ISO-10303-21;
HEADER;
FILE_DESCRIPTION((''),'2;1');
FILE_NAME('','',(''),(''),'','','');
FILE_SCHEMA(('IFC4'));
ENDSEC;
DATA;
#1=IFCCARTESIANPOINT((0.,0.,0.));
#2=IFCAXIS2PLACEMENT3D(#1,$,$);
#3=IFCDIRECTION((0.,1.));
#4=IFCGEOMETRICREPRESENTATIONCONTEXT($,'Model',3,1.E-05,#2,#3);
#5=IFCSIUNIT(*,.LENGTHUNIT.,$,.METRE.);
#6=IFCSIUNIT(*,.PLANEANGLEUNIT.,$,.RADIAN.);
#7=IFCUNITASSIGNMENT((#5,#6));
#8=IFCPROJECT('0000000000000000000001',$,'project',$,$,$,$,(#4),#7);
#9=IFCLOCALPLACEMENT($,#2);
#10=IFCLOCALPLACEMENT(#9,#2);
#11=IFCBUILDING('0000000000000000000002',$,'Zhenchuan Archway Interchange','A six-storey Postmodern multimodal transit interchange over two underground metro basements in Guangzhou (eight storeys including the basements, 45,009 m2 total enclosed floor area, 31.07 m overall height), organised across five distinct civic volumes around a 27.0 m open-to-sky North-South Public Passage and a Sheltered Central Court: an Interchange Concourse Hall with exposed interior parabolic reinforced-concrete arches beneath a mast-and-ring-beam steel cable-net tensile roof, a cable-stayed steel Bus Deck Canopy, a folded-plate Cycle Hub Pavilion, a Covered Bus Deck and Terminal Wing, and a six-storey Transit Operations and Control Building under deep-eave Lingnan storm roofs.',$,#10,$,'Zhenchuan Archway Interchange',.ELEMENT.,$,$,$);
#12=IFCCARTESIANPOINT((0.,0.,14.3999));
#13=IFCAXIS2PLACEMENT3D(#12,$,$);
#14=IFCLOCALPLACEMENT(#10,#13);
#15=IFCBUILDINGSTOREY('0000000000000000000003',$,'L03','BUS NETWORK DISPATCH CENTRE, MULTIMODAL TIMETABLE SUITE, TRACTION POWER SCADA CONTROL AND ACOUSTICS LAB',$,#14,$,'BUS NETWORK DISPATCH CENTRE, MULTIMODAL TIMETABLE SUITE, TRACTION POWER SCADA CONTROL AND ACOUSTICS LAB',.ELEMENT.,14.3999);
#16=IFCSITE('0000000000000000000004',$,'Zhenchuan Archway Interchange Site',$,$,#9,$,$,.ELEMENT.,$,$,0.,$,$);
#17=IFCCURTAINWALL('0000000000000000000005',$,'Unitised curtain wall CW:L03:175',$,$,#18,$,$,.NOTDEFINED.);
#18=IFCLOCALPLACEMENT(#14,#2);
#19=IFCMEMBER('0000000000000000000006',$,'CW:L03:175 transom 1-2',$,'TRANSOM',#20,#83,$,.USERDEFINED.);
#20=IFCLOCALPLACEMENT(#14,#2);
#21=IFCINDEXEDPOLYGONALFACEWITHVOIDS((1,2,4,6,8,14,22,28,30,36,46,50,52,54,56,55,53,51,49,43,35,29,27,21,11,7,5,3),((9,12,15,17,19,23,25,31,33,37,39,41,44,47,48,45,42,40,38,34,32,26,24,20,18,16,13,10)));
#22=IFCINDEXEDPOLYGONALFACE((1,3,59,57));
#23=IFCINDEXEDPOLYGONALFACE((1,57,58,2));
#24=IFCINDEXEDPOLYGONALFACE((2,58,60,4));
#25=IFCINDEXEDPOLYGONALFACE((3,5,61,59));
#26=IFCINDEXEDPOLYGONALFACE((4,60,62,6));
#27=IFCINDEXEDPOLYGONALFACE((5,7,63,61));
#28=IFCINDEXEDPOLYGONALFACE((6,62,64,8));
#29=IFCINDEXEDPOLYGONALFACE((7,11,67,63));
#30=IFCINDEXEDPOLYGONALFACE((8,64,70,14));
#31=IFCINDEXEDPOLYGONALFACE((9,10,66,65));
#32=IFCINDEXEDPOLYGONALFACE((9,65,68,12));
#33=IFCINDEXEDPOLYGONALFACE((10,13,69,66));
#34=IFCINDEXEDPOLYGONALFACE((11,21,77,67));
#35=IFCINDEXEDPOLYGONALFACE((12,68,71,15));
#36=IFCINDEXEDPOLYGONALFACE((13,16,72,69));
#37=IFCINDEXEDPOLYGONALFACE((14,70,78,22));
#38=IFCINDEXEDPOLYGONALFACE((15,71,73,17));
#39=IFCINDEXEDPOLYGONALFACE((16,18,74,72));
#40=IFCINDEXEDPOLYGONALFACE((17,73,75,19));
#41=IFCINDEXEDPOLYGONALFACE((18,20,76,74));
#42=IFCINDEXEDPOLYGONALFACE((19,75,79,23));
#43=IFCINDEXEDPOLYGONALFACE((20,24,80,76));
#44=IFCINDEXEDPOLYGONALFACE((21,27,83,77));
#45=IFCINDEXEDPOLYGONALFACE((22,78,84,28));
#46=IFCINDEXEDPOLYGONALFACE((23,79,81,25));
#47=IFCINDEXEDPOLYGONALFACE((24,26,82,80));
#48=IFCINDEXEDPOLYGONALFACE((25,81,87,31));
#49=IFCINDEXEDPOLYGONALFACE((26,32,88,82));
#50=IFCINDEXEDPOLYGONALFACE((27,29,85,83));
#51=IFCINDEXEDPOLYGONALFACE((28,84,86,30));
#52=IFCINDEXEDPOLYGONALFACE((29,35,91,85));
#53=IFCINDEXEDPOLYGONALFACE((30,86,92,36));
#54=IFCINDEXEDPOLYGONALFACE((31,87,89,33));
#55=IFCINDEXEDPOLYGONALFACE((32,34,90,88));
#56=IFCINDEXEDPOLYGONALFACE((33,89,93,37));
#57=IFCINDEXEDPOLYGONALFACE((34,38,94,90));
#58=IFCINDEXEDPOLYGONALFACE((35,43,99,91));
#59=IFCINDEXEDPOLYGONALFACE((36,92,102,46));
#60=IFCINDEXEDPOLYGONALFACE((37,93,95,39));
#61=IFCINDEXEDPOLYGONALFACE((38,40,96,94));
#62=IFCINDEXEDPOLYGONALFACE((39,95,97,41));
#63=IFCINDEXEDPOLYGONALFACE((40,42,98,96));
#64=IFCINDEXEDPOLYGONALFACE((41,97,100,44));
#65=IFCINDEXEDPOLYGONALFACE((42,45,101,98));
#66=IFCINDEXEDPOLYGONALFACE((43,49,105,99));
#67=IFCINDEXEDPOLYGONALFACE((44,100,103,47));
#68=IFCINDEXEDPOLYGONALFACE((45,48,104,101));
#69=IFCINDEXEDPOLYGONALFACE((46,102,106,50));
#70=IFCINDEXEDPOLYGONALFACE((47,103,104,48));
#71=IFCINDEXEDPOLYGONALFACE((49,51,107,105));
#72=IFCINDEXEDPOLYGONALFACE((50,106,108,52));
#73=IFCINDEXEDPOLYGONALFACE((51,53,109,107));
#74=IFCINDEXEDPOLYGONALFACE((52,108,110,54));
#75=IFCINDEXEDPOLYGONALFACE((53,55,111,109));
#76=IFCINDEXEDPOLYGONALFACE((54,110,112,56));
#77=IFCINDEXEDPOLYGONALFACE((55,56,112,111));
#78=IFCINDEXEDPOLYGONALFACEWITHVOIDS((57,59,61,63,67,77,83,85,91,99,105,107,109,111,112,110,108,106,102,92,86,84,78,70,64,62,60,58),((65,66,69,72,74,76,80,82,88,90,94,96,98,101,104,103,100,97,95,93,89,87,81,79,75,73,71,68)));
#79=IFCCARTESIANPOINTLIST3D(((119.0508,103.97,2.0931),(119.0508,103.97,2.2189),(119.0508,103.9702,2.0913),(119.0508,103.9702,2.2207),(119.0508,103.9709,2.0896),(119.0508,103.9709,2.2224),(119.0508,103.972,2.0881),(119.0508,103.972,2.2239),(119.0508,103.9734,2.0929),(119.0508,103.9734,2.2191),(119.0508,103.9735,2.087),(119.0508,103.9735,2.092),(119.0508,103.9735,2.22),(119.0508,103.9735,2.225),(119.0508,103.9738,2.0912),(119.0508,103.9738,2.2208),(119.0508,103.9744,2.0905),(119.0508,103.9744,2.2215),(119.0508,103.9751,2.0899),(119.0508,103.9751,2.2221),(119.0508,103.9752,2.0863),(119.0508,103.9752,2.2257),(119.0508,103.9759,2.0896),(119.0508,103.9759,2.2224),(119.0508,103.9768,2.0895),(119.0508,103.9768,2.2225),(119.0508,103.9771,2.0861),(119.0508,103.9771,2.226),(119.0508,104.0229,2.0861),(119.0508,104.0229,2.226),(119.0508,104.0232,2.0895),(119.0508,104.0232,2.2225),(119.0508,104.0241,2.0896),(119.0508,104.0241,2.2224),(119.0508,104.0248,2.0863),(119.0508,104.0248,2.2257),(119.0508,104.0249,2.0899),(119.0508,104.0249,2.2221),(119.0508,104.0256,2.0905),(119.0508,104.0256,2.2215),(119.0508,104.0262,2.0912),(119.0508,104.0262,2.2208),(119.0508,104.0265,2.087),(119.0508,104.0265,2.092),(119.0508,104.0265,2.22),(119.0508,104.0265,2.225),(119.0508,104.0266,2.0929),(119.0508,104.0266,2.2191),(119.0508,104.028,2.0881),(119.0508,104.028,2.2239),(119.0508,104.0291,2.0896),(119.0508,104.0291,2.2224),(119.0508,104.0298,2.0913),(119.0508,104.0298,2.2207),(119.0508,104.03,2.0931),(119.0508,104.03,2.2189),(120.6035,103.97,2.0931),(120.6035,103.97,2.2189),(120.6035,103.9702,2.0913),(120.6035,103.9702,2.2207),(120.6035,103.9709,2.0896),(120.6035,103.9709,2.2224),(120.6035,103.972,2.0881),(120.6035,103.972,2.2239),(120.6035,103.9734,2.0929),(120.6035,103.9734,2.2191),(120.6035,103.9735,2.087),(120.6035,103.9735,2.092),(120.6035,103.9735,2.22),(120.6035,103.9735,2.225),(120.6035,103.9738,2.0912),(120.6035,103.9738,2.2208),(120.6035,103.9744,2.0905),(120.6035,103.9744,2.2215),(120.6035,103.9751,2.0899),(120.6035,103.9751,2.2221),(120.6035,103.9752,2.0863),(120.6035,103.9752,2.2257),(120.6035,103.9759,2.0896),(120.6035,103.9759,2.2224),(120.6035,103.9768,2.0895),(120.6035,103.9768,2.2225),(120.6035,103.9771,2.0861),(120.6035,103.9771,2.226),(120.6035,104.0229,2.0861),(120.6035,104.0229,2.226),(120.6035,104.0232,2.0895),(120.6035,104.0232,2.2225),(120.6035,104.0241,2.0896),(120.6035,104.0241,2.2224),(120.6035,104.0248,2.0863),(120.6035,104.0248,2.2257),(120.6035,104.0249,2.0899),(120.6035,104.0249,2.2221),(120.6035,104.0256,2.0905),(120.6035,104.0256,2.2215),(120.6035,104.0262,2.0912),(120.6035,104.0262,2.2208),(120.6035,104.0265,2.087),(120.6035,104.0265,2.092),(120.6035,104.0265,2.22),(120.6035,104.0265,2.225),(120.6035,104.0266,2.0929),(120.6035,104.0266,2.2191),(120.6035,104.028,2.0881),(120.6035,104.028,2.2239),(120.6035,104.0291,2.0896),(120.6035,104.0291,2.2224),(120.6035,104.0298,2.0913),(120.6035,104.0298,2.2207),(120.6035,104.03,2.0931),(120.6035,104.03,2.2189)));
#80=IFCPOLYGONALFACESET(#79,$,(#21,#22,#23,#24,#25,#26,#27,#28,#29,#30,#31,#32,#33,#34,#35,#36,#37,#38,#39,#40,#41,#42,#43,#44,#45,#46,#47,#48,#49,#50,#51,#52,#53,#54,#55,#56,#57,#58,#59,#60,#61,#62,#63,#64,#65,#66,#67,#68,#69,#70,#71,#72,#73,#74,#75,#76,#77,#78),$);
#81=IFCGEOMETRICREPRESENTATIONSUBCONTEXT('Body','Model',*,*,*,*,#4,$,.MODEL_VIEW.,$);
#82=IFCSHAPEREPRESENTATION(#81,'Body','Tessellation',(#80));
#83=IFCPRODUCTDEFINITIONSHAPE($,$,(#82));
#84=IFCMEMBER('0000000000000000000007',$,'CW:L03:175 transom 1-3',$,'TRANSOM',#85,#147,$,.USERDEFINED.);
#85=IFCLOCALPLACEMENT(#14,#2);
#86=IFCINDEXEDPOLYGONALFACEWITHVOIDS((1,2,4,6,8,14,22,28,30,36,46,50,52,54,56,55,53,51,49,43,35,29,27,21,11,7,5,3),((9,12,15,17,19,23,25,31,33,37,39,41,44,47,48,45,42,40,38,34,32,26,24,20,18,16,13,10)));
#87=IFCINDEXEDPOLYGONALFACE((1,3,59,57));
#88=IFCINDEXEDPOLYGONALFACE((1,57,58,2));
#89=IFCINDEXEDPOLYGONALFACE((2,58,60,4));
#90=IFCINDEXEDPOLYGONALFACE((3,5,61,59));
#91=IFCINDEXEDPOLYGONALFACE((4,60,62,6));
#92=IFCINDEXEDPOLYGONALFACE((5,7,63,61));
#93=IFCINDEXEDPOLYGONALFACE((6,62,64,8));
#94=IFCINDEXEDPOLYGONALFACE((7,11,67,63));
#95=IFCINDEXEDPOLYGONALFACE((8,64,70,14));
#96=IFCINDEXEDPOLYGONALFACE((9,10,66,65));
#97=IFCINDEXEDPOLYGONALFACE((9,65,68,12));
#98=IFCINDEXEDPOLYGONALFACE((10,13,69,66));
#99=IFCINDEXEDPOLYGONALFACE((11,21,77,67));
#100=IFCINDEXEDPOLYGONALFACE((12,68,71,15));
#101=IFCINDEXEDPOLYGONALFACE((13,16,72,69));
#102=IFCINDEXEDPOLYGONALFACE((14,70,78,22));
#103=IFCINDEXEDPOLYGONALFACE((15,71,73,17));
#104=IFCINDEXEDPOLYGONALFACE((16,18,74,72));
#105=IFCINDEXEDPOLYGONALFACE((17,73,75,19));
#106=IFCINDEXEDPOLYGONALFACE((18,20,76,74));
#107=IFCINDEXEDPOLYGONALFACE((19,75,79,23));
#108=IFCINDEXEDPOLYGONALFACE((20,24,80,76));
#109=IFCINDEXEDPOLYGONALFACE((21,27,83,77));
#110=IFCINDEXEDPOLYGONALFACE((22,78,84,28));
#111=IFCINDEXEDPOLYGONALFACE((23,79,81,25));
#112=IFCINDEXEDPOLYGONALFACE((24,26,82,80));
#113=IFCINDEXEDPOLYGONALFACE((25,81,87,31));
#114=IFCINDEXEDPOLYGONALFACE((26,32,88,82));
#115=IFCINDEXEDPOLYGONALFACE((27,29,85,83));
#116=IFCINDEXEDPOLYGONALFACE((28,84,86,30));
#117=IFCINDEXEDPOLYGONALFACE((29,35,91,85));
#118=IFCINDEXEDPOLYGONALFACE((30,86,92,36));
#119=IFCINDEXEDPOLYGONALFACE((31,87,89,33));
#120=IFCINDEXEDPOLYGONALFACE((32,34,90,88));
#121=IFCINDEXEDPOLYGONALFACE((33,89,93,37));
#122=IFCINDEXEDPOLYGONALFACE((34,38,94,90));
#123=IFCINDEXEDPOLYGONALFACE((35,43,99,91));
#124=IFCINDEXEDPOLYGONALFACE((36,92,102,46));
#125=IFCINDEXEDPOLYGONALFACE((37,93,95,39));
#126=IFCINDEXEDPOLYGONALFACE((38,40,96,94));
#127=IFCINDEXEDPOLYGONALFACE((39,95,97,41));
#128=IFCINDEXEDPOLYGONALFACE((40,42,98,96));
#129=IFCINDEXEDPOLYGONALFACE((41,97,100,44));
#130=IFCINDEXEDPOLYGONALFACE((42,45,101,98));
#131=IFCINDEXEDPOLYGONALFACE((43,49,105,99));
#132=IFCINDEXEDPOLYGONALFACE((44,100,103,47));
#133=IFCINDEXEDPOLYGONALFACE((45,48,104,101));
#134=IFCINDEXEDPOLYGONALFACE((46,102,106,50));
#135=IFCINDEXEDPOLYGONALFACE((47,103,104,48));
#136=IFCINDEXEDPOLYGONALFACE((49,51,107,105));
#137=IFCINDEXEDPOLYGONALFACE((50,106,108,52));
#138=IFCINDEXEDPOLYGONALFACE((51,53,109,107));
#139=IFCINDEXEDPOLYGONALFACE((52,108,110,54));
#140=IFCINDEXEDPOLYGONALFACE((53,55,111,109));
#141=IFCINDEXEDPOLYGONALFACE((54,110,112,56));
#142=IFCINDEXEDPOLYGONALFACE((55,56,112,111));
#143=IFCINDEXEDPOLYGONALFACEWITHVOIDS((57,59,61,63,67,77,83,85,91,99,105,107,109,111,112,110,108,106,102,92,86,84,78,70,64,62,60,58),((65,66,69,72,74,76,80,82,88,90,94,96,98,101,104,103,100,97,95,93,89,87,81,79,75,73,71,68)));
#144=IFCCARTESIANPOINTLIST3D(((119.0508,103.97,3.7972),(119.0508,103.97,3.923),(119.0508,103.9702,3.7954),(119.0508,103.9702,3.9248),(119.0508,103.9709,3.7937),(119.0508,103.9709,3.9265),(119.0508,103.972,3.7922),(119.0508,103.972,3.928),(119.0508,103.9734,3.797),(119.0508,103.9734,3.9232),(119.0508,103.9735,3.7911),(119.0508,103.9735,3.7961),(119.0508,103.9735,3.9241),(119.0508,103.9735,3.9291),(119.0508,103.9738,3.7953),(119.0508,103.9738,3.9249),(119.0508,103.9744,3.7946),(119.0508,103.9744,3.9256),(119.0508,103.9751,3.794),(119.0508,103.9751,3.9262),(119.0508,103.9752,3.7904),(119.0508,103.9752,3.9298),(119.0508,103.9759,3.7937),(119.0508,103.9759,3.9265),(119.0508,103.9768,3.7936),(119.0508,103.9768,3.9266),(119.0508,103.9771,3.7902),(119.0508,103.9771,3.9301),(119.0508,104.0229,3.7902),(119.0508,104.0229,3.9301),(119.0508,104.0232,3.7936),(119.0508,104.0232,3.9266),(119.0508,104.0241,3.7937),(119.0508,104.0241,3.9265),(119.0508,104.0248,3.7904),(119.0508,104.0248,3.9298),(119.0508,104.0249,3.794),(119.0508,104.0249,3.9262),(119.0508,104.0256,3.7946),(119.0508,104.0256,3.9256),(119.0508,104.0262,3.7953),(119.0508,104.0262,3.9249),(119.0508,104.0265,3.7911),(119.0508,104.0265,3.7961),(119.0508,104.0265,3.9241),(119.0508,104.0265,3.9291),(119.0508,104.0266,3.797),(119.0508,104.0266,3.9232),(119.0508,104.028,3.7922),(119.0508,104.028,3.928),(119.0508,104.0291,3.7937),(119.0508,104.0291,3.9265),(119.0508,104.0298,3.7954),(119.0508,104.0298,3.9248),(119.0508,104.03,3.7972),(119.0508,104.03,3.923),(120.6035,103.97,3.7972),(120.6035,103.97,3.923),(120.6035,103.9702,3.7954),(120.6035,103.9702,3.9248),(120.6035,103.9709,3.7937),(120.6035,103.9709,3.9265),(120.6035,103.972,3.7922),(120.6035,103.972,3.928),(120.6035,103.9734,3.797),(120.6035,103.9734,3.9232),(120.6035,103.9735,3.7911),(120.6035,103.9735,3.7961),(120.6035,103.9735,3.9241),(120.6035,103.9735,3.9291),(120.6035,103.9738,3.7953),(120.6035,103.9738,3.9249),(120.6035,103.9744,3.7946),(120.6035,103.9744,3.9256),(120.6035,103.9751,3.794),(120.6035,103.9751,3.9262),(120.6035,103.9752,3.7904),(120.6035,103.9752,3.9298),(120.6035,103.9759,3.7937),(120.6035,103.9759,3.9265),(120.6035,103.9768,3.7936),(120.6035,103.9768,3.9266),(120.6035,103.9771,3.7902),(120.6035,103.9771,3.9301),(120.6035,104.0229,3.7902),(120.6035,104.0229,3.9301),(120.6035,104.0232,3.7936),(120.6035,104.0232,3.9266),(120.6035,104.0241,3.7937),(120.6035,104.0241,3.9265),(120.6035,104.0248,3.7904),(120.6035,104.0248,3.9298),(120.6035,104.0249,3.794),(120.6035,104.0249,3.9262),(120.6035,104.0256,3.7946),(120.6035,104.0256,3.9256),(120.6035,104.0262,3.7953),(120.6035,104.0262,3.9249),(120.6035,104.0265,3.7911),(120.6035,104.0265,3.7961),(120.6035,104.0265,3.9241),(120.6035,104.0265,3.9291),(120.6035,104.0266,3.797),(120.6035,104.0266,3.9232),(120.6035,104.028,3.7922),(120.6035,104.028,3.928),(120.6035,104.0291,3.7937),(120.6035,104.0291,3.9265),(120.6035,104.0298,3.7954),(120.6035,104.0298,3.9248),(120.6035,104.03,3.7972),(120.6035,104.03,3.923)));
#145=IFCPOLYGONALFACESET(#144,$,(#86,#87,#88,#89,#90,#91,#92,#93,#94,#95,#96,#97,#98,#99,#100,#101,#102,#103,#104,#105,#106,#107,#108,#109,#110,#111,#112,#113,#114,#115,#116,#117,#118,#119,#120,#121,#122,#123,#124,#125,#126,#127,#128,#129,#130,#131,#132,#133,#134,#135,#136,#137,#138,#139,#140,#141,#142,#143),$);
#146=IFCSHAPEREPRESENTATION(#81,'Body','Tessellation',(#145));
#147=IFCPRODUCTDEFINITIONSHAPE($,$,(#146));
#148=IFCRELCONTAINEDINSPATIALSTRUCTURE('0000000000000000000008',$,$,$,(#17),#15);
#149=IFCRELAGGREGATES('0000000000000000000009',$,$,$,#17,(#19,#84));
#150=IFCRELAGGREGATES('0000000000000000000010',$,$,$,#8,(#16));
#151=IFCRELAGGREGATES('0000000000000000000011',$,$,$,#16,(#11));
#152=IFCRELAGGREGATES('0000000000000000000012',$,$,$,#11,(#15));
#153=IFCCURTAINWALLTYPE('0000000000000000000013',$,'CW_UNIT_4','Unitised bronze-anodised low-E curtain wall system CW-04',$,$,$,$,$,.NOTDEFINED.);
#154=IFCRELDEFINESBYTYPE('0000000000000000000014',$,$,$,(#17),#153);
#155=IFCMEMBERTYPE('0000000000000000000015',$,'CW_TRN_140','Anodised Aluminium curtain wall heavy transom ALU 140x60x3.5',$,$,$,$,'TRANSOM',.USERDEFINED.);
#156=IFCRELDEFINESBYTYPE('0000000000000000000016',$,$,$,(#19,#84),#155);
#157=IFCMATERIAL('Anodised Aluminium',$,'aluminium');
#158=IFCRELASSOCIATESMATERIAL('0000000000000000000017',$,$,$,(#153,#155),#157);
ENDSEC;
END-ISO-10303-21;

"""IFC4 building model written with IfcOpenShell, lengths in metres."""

from ifc_helpers import new_model, si_unit, direction, frame, origin, origin_2d, place, context, subcontext, project, spatial, hollow_rectangle, extrude, material, material_profile, profile_set, type_object, element, aggregate, save


model = new_model("IFC4")

# Units and contexts
model_context = context("Model", 3, precision=1e-05, world=origin(), true_north=direction((0.0, 1.0)))
body_context = subcontext(model_context, "Body", "Model", "MODEL_VIEW")
ifc_project = project(units=[si_unit("LENGTHUNIT", "METRE"), si_unit("PLANEANGLEUNIT", "RADIAN")], contexts=[model_context])

# Site, building, storey
site_placement = place(None, origin())
site = spatial("IfcSite", under=ifc_project, at=site_placement, Name="Zhenchuan Archway Interchange Site", CompositionType="ELEMENT", RefElevation=0.0)
building_placement = place(site_placement, origin())
building = spatial("IfcBuilding", under=site, at=building_placement, Name="Zhenchuan Archway Interchange", Description="A six-storey Postmodern multimodal transit interchange over two underground metro basements in Guangzhou (eight storeys including the basements, 45,009 m2 total enclosed floor area, 31.07 m overall height), organised across five distinct civic volumes around a 27.0 m open-to-sky North-South Public Passage and a Sheltered Central Court: an Interchange Concourse Hall with exposed interior parabolic reinforced-concrete arches beneath a mast-and-ring-beam steel cable-net tensile roof, a cable-stayed steel Bus Deck Canopy, a folded-plate Cycle Hub Pavilion, a Covered Bus Deck and Terminal Wing, and a six-storey Transit Operations and Control Building under deep-eave Lingnan storm roofs.", LongName="Zhenchuan Archway Interchange", CompositionType="ELEMENT")
storey_placement = place(building_placement, frame((0.0, 0.0, 14.3999)))
storey = spatial("IfcBuildingStorey", under=building, at=storey_placement, Name="L03", Description="BUS NETWORK DISPATCH CENTRE, MULTIMODAL TIMETABLE SUITE, TRACTION POWER SCADA CONTROL AND ACOUSTICS LAB", LongName="BUS NETWORK DISPATCH CENTRE, MULTIMODAL TIMETABLE SUITE, TRACTION POWER SCADA CONTROL AND ACOUSTICS LAB", CompositionType="ELEMENT", Elevation=14.3999)

# Shared definitions
ifc_material_1 = material(Name="Anodised Aluminium", Category="aluminium")

# Curtain wall
curtain_wall_type_1 = type_object("IfcCurtainWallType", Name="CW_UNIT_4", Description="Unitised bronze-anodised low-E curtain wall system CW-04", PredefinedType="NOTDEFINED", material=ifc_material_1)
curtain_wall_1_placement = place(storey_placement, origin())
curtain_wall_1 = element("IfcCurtainWall", 1, at=curtain_wall_1_placement, inside=storey, type_object=curtain_wall_type_1, Name="Unitised curtain wall CW:L03:175", PredefinedType="NOTDEFINED")

# Members
ifc_material_profile_1 = material_profile(ifc_material_1, hollow_rectangle(XDim=0.0601, YDim=0.1399, WallThickness=0.0034, InnerFilletRadius=0.0034, OuterFilletRadius=0.0071, at=origin_2d()), Name="ALU 140x60x3.5")
ifc_profile_set_1 = profile_set([ifc_material_profile_1], Name="Anodised Aluminium")
member_type_1 = type_object("IfcMemberType", Name="CW_TRN_140", Description="Anodised Aluminium curtain wall heavy transom ALU 140x60x3.5", ElementType="TRANSOM", PredefinedType="USERDEFINED", material=ifc_profile_set_1)
member_1_placement = place(storey_placement, frame((119.0508, 104.0, 2.156), z_axis=(1.0, 0.0, 0.0), x_axis=(0.0, 1.0, 0.0)))
member_1 = element("IfcMember", 2, at=member_1_placement, type_object=member_type_1, Name="CW:L03:175 transom 1-2", ObjectType="TRANSOM", PredefinedType="USERDEFINED", context=body_context, shape_type="SweptSolid", body=[
    extrude(hollow_rectangle(XDim=0.0601, YDim=0.1399, WallThickness=0.0034, InnerFilletRadius=0.0034, OuterFilletRadius=0.0071, at=origin_2d()), origin(), (0.0, 0.0, 1.0), 1.5527),
])
member_2_placement = place(storey_placement, frame((119.0508, 104.0, 3.8601), z_axis=(1.0, 0.0, 0.0), x_axis=(0.0, 1.0, 0.0)))
member_2 = element("IfcMember", 3, at=member_2_placement, type_object=member_type_1, Name="CW:L03:175 transom 1-3", ObjectType="TRANSOM", PredefinedType="USERDEFINED", context=body_context, shape_type="SweptSolid", body=[
    extrude(hollow_rectangle(XDim=0.0601, YDim=0.1399, WallThickness=0.0034, InnerFilletRadius=0.0034, OuterFilletRadius=0.0071, at=origin_2d()), origin(), (0.0, 0.0, 1.0), 1.5527),
])

aggregate(curtain_wall_1, [member_1, member_2])

save(model, "model.ifc")
